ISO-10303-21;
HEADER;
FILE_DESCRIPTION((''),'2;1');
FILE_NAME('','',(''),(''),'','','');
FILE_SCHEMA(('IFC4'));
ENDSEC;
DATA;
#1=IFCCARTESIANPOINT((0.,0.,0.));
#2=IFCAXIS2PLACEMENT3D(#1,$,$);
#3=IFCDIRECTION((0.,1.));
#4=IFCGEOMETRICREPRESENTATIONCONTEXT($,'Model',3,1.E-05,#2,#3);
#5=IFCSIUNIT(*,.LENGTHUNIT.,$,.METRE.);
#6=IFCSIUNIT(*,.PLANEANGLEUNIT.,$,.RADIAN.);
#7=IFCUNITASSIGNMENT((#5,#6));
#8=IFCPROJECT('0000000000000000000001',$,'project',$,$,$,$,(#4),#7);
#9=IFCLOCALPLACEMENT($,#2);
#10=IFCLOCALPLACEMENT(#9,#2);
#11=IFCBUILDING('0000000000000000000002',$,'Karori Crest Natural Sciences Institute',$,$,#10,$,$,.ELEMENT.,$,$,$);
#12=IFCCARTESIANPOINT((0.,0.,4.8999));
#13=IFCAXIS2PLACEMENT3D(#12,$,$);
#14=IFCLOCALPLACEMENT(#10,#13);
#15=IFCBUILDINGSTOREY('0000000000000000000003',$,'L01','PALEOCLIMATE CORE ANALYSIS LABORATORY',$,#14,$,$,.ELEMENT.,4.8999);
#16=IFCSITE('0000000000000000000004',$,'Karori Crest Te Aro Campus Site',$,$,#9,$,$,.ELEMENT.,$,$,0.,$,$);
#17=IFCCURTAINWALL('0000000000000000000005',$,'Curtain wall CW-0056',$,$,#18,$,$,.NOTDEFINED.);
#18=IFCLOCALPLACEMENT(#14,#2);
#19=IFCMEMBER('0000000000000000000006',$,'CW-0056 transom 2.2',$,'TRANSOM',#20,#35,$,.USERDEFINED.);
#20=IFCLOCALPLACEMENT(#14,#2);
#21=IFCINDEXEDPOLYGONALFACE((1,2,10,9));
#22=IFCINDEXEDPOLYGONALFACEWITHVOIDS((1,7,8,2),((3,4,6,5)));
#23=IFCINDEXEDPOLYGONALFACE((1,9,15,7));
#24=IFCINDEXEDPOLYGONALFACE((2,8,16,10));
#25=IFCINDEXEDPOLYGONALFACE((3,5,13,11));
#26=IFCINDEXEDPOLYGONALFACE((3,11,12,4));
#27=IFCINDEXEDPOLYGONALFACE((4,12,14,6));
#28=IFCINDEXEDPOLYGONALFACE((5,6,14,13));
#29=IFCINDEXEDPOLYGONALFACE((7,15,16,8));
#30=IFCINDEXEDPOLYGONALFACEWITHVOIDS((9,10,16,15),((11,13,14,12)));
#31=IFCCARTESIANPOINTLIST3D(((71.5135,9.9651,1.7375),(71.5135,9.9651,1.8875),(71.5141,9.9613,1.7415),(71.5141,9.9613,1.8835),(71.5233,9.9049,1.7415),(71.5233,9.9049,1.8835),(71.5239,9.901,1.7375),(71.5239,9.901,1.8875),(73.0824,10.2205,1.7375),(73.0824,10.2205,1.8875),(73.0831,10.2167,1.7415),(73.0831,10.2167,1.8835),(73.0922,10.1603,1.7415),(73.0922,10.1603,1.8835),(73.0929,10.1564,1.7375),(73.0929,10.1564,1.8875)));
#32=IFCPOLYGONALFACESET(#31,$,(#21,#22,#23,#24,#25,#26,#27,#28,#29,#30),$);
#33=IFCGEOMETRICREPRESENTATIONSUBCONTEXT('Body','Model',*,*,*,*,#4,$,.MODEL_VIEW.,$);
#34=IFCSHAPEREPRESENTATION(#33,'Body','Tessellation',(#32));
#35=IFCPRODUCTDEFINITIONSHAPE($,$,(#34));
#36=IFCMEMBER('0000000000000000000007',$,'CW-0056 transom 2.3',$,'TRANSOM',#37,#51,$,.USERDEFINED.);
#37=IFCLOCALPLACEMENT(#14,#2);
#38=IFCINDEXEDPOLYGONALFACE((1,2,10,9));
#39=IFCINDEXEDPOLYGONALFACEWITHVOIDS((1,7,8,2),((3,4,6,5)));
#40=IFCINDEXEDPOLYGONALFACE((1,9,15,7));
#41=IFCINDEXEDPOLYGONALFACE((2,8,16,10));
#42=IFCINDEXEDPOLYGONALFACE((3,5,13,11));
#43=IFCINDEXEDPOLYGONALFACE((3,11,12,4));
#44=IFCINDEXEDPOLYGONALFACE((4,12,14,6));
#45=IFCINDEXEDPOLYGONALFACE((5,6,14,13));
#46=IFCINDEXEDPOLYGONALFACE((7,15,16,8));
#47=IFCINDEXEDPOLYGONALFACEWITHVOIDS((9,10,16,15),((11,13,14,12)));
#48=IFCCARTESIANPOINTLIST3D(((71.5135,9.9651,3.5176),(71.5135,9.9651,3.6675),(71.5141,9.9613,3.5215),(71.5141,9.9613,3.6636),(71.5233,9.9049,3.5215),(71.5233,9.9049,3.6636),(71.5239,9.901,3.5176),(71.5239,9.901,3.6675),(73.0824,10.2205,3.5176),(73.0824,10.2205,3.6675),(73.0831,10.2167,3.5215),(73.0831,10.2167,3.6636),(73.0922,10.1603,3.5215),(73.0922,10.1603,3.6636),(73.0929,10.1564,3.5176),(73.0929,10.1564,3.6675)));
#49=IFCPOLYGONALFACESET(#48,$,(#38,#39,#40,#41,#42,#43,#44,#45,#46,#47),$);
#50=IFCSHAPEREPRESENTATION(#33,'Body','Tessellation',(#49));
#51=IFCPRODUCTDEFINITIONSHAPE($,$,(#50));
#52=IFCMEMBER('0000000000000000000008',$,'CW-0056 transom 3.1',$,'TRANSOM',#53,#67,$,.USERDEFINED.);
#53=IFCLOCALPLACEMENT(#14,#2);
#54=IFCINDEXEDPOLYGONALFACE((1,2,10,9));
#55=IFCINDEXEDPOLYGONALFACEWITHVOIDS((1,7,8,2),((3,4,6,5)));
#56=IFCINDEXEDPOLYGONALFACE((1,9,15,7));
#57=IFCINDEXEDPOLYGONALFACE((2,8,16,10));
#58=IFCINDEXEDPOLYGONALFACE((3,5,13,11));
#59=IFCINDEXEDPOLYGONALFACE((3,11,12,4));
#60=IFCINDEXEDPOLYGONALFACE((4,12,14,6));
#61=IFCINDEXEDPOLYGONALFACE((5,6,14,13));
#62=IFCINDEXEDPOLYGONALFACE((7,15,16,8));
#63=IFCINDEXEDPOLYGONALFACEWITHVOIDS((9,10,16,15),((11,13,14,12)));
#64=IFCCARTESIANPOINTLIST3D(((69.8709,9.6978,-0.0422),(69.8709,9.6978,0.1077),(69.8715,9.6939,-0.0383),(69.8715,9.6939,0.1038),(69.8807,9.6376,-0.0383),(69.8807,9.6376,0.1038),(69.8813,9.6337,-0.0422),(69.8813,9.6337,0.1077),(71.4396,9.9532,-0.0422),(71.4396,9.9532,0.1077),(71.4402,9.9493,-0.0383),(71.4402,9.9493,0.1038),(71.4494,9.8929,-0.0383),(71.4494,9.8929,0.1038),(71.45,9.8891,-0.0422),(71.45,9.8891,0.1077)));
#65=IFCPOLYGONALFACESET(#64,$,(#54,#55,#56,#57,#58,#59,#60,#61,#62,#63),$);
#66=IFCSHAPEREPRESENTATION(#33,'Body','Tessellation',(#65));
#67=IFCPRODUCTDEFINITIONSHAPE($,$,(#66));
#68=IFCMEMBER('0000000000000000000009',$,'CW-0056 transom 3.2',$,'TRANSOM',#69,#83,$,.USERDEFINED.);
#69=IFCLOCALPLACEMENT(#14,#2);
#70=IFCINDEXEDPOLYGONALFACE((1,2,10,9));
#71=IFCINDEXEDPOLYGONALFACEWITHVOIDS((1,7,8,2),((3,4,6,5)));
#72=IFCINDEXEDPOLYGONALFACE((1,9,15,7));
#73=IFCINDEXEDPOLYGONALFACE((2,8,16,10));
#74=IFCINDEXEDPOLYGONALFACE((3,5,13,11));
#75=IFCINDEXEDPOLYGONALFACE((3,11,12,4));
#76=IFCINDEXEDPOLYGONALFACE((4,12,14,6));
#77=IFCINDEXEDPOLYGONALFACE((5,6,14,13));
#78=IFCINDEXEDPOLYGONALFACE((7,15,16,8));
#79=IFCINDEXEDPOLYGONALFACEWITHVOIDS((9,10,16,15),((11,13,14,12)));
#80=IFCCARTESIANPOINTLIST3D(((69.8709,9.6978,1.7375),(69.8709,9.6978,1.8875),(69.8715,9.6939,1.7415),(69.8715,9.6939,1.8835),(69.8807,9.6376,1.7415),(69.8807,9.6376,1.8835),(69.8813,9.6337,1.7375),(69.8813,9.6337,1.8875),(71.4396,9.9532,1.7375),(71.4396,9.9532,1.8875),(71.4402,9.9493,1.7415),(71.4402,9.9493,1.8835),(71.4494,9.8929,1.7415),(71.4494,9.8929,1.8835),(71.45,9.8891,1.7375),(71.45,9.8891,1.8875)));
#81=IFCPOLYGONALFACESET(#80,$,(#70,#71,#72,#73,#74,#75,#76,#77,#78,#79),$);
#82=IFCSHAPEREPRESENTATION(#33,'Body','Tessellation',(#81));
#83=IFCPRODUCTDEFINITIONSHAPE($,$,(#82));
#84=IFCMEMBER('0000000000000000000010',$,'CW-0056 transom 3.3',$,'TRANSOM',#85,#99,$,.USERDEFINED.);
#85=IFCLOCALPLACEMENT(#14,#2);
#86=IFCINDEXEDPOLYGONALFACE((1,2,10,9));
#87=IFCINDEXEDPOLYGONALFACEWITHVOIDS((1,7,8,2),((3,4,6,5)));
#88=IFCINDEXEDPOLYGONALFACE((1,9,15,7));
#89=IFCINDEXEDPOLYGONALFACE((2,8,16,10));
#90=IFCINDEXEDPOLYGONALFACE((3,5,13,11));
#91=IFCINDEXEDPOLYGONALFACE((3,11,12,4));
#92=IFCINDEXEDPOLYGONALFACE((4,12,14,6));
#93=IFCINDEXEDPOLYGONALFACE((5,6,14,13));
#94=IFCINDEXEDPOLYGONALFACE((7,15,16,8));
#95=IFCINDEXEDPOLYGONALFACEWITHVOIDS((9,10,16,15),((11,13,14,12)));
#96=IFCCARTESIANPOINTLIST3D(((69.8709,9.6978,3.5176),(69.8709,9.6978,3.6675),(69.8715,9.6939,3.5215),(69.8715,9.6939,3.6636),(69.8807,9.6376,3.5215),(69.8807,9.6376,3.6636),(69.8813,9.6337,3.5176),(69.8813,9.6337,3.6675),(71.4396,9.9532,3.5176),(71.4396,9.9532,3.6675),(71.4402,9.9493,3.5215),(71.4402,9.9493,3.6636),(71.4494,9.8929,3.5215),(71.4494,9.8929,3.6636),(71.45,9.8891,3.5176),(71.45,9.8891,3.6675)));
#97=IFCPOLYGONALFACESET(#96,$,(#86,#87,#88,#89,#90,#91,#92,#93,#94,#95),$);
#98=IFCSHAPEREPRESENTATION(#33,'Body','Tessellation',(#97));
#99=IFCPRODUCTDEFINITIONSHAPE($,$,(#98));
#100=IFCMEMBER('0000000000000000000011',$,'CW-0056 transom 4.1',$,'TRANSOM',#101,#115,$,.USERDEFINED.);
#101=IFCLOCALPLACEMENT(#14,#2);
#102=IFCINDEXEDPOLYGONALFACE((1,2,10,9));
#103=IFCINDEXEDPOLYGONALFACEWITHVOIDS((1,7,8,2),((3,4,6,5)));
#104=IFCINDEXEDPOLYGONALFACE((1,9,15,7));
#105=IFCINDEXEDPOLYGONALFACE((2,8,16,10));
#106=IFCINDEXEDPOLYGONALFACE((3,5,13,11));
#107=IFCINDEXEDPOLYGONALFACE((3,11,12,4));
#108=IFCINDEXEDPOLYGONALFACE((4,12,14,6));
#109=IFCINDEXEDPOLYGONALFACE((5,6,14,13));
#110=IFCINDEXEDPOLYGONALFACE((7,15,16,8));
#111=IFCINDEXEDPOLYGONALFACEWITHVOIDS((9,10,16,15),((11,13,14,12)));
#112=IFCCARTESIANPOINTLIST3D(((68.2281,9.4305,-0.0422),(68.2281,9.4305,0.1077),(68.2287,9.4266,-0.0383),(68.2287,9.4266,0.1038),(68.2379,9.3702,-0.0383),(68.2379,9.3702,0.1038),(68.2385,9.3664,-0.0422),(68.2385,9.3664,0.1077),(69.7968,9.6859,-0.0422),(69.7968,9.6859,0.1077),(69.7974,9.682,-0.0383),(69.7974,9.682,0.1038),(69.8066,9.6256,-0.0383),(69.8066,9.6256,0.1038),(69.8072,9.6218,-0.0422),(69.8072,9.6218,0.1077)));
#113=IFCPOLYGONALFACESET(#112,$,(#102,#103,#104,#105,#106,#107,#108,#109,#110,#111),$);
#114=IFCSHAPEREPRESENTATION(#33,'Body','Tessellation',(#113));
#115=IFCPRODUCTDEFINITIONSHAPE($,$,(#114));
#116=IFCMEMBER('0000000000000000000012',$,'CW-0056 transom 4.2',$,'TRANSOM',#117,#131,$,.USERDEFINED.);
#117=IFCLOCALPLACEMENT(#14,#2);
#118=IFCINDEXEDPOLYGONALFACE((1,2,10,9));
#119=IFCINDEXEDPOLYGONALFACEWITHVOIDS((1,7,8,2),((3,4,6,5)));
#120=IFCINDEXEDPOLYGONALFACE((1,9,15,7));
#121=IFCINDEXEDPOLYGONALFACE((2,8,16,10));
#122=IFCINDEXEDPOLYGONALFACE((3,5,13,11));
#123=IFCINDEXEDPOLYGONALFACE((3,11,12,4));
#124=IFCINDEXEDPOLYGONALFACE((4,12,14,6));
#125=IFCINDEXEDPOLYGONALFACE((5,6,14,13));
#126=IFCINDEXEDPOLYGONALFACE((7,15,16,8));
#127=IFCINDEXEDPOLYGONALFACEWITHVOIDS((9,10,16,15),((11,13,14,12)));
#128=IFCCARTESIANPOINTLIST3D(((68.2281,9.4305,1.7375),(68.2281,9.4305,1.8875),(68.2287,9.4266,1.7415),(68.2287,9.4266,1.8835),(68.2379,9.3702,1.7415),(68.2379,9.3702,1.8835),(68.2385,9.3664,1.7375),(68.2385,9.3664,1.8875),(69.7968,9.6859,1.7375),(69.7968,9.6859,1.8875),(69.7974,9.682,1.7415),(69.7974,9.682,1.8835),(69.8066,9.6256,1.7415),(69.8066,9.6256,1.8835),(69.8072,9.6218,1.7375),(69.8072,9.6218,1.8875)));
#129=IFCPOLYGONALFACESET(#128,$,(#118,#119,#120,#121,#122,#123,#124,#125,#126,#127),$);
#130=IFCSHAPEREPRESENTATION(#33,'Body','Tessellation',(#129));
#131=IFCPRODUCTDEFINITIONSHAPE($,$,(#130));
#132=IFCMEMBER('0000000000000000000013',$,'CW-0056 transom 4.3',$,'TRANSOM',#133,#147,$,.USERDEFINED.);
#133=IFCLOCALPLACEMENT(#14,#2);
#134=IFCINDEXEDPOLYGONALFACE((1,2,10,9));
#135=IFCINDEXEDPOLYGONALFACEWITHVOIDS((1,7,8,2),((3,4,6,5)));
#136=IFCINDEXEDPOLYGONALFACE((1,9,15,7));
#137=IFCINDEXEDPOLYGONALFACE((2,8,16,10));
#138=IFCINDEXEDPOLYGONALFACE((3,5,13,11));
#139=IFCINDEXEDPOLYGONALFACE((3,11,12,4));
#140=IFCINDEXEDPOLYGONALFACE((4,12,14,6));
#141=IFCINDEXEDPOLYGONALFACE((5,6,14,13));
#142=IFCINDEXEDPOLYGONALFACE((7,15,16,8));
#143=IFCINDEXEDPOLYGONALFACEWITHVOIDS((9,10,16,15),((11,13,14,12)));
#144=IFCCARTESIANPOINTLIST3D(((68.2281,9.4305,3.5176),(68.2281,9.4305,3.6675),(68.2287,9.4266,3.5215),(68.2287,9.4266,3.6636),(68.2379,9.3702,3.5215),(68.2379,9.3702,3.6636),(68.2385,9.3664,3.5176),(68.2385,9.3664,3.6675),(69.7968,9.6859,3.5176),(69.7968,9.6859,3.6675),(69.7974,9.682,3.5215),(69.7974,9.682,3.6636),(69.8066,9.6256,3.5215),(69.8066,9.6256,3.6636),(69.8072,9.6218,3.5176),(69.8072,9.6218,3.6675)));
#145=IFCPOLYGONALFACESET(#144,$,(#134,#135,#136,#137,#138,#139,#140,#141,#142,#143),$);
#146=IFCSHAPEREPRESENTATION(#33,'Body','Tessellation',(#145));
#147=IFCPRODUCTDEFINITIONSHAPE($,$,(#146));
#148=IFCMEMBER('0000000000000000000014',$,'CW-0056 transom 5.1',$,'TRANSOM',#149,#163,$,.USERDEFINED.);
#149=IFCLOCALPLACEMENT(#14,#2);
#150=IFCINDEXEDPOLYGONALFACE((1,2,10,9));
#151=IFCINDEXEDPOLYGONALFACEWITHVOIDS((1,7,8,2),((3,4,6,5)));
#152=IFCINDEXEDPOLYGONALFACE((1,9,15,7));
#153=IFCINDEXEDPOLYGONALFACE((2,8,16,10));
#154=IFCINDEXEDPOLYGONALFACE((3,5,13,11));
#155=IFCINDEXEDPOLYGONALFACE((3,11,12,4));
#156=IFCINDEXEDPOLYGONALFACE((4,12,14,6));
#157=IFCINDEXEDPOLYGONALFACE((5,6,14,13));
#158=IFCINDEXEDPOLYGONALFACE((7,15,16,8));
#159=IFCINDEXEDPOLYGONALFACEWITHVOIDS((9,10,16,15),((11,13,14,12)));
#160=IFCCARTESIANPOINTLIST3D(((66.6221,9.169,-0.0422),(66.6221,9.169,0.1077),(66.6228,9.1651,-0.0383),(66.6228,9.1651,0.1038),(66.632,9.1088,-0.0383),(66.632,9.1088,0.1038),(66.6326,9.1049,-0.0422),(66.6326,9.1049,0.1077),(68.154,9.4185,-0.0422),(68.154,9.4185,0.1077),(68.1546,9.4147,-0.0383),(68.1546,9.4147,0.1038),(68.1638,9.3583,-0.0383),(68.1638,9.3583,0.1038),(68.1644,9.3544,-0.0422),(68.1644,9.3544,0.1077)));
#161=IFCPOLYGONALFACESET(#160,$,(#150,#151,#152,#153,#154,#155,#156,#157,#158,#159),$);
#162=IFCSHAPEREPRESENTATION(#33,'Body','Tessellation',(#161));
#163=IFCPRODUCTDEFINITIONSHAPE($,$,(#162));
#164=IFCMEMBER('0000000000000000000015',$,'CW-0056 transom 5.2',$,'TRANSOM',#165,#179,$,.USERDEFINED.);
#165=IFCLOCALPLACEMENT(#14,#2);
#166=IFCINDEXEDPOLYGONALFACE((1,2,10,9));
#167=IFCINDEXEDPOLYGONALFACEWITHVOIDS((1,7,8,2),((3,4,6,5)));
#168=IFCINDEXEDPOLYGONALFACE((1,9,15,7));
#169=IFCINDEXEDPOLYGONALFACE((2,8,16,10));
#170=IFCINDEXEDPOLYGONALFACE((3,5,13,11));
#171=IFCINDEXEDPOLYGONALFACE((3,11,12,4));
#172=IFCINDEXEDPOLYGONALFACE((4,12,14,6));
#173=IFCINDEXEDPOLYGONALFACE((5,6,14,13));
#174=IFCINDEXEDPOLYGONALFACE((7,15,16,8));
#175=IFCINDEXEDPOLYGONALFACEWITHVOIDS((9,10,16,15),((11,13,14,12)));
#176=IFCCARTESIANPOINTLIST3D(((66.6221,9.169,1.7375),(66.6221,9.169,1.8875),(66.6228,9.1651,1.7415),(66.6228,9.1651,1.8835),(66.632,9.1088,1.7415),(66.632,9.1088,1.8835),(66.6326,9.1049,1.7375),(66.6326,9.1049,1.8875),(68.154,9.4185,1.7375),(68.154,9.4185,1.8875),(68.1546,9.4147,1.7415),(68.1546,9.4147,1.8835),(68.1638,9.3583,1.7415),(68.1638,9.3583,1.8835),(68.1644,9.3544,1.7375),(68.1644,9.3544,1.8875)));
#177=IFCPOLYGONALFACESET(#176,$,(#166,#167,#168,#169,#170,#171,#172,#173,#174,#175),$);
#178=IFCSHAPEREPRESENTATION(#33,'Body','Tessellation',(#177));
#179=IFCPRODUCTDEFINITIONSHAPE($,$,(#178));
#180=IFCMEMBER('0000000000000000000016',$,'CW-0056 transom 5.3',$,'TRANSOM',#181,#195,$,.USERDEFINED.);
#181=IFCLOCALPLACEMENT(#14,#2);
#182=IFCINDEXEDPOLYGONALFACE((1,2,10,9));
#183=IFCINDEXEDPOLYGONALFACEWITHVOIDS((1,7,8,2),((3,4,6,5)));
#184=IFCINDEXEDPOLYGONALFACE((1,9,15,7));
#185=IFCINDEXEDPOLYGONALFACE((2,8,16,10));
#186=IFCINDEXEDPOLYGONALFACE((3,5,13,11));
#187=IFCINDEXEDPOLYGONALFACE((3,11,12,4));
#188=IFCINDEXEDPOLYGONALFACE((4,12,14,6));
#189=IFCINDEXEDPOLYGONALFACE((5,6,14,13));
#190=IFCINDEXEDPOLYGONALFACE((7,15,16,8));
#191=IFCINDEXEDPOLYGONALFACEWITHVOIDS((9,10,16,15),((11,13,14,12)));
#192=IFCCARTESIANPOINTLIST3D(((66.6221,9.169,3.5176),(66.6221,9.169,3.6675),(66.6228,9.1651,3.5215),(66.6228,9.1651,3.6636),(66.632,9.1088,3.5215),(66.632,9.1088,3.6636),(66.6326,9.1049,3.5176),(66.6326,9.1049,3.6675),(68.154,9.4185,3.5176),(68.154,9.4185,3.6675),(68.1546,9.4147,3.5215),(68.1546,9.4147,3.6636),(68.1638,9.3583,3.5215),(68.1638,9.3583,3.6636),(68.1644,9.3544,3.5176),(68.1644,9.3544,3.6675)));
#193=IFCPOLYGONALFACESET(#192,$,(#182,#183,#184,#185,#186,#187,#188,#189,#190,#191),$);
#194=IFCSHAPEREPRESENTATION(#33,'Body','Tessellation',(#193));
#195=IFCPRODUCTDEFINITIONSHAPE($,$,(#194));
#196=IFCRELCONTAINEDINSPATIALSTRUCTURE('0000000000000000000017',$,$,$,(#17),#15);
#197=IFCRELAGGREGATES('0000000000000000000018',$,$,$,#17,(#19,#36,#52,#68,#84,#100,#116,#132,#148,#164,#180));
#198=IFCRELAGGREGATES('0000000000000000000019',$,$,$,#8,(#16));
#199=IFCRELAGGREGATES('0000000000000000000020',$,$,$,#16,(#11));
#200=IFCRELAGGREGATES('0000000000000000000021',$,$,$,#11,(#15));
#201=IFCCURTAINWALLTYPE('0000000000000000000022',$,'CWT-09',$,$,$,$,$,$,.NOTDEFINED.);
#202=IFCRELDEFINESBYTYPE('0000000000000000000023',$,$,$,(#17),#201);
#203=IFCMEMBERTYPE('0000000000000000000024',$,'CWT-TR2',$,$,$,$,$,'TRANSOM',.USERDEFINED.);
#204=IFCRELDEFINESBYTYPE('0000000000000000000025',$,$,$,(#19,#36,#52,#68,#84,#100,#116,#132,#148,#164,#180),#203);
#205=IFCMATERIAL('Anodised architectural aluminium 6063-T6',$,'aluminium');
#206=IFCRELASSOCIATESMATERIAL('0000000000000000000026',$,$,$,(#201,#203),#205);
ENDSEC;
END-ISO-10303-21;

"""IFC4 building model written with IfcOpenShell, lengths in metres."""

from ifc_helpers import new_model, si_unit, direction, frame, origin, origin_2d, place, context, subcontext, project, spatial, hollow_rectangle, extrude, material, material_profile, profile_set, type_object, element, aggregate, save


model = new_model("IFC4")

# Units and contexts
model_context = context("Model", 3, precision=1e-05, world=origin(), true_north=direction((0.0, 1.0)))
body_context = subcontext(model_context, "Body", "Model", "MODEL_VIEW")
ifc_project = project(units=[si_unit("LENGTHUNIT", "METRE"), si_unit("PLANEANGLEUNIT", "RADIAN")], contexts=[model_context])

# Site, building, storey
site_placement = place(None, origin())
site = spatial("IfcSite", under=ifc_project, at=site_placement, Name="Karori Crest Te Aro Campus Site", CompositionType="ELEMENT", RefElevation=0.0)
building_placement = place(site_placement, origin())
building = spatial("IfcBuilding", under=site, at=building_placement, Name="Karori Crest Natural Sciences Institute", CompositionType="ELEMENT")
storey_placement = place(building_placement, frame((0.0, 0.0, 4.8999)))
storey = spatial("IfcBuildingStorey", under=building, at=storey_placement, Name="L01", Description="PALEOCLIMATE CORE ANALYSIS LABORATORY", CompositionType="ELEMENT", Elevation=4.8999)

# Curtain wall, members
ifc_material_1 = material(Name="Anodised architectural aluminium 6063-T6", Category="aluminium")
curtain_wall_type = type_object("IfcCurtainWallType", Name="CWT-09", PredefinedType="NOTDEFINED", material=ifc_material_1)
curtain_wall_placement = place(storey_placement, origin())
curtain_wall = element("IfcCurtainWall", 1, at=curtain_wall_placement, inside=storey, type_object=curtain_wall_type, Name="Curtain wall CW-0056", PredefinedType="NOTDEFINED")
ifc_material_profile_1 = material_profile(ifc_material_1, hollow_rectangle(XDim=0.0649, YDim=0.1499, WallThickness=0.0039, at=origin_2d()), Name="CWT150x65x4")
ifc_profile_set_1 = profile_set([ifc_material_profile_1], Name="Anodised architectural aluminium 6063-T6")
member_type_1 = type_object("IfcMemberType", Name="CWT-TR2", ElementType="TRANSOM", PredefinedType="USERDEFINED", material=ifc_profile_set_1)
member_1_placement = place(storey_placement, frame((73.0876, 10.1885, 1.8125), z_axis=(-0.98701, -0.160662, 0.0), x_axis=(0.160662, -0.98701, 0.0)))
member_1 = element("IfcMember", 2, at=member_1_placement, type_object=member_type_1, Name="CW-0056 transom 2.2", ObjectType="TRANSOM", PredefinedType="USERDEFINED", context=body_context, shape_type="SweptSolid", body=[
    extrude(hollow_rectangle(XDim=0.0649, YDim=0.1499, WallThickness=0.0039, at=origin_2d()), origin(), (0.0, 0.0, 1.0), 1.5896),
])
member_2_placement = place(storey_placement, frame((73.0876, 10.1885, 3.5925), z_axis=(-0.98701, -0.160662, 0.0), x_axis=(0.160662, -0.98701, 0.0)))
member_2 = element("IfcMember", 3, at=member_2_placement, type_object=member_type_1, Name="CW-0056 transom 2.3", ObjectType="TRANSOM", PredefinedType="USERDEFINED", context=body_context, shape_type="SweptSolid", body=[
    extrude(hollow_rectangle(XDim=0.0649, YDim=0.1499, WallThickness=0.0039, at=origin_2d()), origin(), (0.0, 0.0, 1.0), 1.5896),
])
member_3_placement = place(storey_placement, frame((71.4448, 9.9211, 0.0327), z_axis=(-0.987006, -0.160686, 0.0), x_axis=(0.160686, -0.987006, 0.0)))
member_3 = element("IfcMember", 4, at=member_3_placement, type_object=member_type_1, Name="CW-0056 transom 3.1", ObjectType="TRANSOM", PredefinedType="USERDEFINED", context=body_context, shape_type="SweptSolid", body=[
    extrude(hollow_rectangle(XDim=0.0649, YDim=0.1499, WallThickness=0.0039, at=origin_2d()), origin(), (0.0, 0.0, 1.0), 1.5894),
])
member_4_placement = place(storey_placement, frame((71.4448, 9.9211, 1.8125), z_axis=(-0.987006, -0.160686, 0.0), x_axis=(0.160686, -0.987006, 0.0)))
member_4 = element("IfcMember", 5, at=member_4_placement, type_object=member_type_1, Name="CW-0056 transom 3.2", ObjectType="TRANSOM", PredefinedType="USERDEFINED", context=body_context, shape_type="SweptSolid", body=[
    extrude(hollow_rectangle(XDim=0.0649, YDim=0.1499, WallThickness=0.0039, at=origin_2d()), origin(), (0.0, 0.0, 1.0), 1.5894),
])
member_5_placement = place(storey_placement, frame((71.4448, 9.9211, 3.5925), z_axis=(-0.987006, -0.160686, 0.0), x_axis=(0.160686, -0.987006, 0.0)))
member_5 = element("IfcMember", 6, at=member_5_placement, type_object=member_type_1, Name="CW-0056 transom 3.3", ObjectType="TRANSOM", PredefinedType="USERDEFINED", context=body_context, shape_type="SweptSolid", body=[
    extrude(hollow_rectangle(XDim=0.0649, YDim=0.1499, WallThickness=0.0039, at=origin_2d()), origin(), (0.0, 0.0, 1.0), 1.5894),
])
member_6_placement = place(storey_placement, frame((69.802, 9.6538, 0.0327), z_axis=(-0.987006, -0.160686, 0.0), x_axis=(0.160686, -0.987006, 0.0)))
member_6 = element("IfcMember", 7, at=member_6_placement, type_object=member_type_1, Name="CW-0056 transom 4.1", ObjectType="TRANSOM", PredefinedType="USERDEFINED", context=body_context, shape_type="SweptSolid", body=[
    extrude(hollow_rectangle(XDim=0.0649, YDim=0.1499, WallThickness=0.0039, at=origin_2d()), origin(), (0.0, 0.0, 1.0), 1.5894),
])
member_7_placement = place(storey_placement, frame((69.802, 9.6538, 1.8125), z_axis=(-0.987006, -0.160686, 0.0), x_axis=(0.160686, -0.987006, 0.0)))
member_7 = element("IfcMember", 8, at=member_7_placement, type_object=member_type_1, Name="CW-0056 transom 4.2", ObjectType="TRANSOM", PredefinedType="USERDEFINED", context=body_context, shape_type="SweptSolid", body=[
    extrude(hollow_rectangle(XDim=0.0649, YDim=0.1499, WallThickness=0.0039, at=origin_2d()), origin(), (0.0, 0.0, 1.0), 1.5894),
])
member_8_placement = place(storey_placement, frame((69.802, 9.6538, 3.5925), z_axis=(-0.987006, -0.160686, 0.0), x_axis=(0.160686, -0.987006, 0.0)))
member_8 = element("IfcMember", 9, at=member_8_placement, type_object=member_type_1, Name="CW-0056 transom 4.3", ObjectType="TRANSOM", PredefinedType="USERDEFINED", context=body_context, shape_type="SweptSolid", body=[
    extrude(hollow_rectangle(XDim=0.0649, YDim=0.1499, WallThickness=0.0039, at=origin_2d()), origin(), (0.0, 0.0, 1.0), 1.5894),
])
member_9_placement = place(storey_placement, frame((68.1592, 9.3865, 0.0327), z_axis=(-0.986991, -0.160775, 0.0), x_axis=(0.160775, -0.986991, 0.0)))
member_9 = element("IfcMember", 10, at=member_9_placement, type_object=member_type_1, Name="CW-0056 transom 5.1", ObjectType="TRANSOM", PredefinedType="USERDEFINED", context=body_context, shape_type="SweptSolid", body=[
    extrude(hollow_rectangle(XDim=0.0649, YDim=0.1499, WallThickness=0.0039, at=origin_2d()), origin(), (0.0, 0.0, 1.0), 1.552),
])
member_10_placement = place(storey_placement, frame((68.1592, 9.3865, 1.8125), z_axis=(-0.986991, -0.160775, 0.0), x_axis=(0.160775, -0.986991, 0.0)))
member_10 = element("IfcMember", 11, at=member_10_placement, type_object=member_type_1, Name="CW-0056 transom 5.2", ObjectType="TRANSOM", PredefinedType="USERDEFINED", context=body_context, shape_type="SweptSolid", body=[
    extrude(hollow_rectangle(XDim=0.0649, YDim=0.1499, WallThickness=0.0039, at=origin_2d()), origin(), (0.0, 0.0, 1.0), 1.552),
])
member_11_placement = place(storey_placement, frame((68.1592, 9.3865, 3.5925), z_axis=(-0.986991, -0.160775, 0.0), x_axis=(0.160775, -0.986991, 0.0)))
member_11 = element("IfcMember", 12, at=member_11_placement, type_object=member_type_1, Name="CW-0056 transom 5.3", ObjectType="TRANSOM", PredefinedType="USERDEFINED", context=body_context, shape_type="SweptSolid", body=[
    extrude(hollow_rectangle(XDim=0.0649, YDim=0.1499, WallThickness=0.0039, at=origin_2d()), origin(), (0.0, 0.0, 1.0), 1.552),
])
aggregate(curtain_wall, [member_1, member_2, member_3, member_4, member_5, member_6, member_7, member_8, member_9, member_10, member_11])

save(model, "model.ifc")
